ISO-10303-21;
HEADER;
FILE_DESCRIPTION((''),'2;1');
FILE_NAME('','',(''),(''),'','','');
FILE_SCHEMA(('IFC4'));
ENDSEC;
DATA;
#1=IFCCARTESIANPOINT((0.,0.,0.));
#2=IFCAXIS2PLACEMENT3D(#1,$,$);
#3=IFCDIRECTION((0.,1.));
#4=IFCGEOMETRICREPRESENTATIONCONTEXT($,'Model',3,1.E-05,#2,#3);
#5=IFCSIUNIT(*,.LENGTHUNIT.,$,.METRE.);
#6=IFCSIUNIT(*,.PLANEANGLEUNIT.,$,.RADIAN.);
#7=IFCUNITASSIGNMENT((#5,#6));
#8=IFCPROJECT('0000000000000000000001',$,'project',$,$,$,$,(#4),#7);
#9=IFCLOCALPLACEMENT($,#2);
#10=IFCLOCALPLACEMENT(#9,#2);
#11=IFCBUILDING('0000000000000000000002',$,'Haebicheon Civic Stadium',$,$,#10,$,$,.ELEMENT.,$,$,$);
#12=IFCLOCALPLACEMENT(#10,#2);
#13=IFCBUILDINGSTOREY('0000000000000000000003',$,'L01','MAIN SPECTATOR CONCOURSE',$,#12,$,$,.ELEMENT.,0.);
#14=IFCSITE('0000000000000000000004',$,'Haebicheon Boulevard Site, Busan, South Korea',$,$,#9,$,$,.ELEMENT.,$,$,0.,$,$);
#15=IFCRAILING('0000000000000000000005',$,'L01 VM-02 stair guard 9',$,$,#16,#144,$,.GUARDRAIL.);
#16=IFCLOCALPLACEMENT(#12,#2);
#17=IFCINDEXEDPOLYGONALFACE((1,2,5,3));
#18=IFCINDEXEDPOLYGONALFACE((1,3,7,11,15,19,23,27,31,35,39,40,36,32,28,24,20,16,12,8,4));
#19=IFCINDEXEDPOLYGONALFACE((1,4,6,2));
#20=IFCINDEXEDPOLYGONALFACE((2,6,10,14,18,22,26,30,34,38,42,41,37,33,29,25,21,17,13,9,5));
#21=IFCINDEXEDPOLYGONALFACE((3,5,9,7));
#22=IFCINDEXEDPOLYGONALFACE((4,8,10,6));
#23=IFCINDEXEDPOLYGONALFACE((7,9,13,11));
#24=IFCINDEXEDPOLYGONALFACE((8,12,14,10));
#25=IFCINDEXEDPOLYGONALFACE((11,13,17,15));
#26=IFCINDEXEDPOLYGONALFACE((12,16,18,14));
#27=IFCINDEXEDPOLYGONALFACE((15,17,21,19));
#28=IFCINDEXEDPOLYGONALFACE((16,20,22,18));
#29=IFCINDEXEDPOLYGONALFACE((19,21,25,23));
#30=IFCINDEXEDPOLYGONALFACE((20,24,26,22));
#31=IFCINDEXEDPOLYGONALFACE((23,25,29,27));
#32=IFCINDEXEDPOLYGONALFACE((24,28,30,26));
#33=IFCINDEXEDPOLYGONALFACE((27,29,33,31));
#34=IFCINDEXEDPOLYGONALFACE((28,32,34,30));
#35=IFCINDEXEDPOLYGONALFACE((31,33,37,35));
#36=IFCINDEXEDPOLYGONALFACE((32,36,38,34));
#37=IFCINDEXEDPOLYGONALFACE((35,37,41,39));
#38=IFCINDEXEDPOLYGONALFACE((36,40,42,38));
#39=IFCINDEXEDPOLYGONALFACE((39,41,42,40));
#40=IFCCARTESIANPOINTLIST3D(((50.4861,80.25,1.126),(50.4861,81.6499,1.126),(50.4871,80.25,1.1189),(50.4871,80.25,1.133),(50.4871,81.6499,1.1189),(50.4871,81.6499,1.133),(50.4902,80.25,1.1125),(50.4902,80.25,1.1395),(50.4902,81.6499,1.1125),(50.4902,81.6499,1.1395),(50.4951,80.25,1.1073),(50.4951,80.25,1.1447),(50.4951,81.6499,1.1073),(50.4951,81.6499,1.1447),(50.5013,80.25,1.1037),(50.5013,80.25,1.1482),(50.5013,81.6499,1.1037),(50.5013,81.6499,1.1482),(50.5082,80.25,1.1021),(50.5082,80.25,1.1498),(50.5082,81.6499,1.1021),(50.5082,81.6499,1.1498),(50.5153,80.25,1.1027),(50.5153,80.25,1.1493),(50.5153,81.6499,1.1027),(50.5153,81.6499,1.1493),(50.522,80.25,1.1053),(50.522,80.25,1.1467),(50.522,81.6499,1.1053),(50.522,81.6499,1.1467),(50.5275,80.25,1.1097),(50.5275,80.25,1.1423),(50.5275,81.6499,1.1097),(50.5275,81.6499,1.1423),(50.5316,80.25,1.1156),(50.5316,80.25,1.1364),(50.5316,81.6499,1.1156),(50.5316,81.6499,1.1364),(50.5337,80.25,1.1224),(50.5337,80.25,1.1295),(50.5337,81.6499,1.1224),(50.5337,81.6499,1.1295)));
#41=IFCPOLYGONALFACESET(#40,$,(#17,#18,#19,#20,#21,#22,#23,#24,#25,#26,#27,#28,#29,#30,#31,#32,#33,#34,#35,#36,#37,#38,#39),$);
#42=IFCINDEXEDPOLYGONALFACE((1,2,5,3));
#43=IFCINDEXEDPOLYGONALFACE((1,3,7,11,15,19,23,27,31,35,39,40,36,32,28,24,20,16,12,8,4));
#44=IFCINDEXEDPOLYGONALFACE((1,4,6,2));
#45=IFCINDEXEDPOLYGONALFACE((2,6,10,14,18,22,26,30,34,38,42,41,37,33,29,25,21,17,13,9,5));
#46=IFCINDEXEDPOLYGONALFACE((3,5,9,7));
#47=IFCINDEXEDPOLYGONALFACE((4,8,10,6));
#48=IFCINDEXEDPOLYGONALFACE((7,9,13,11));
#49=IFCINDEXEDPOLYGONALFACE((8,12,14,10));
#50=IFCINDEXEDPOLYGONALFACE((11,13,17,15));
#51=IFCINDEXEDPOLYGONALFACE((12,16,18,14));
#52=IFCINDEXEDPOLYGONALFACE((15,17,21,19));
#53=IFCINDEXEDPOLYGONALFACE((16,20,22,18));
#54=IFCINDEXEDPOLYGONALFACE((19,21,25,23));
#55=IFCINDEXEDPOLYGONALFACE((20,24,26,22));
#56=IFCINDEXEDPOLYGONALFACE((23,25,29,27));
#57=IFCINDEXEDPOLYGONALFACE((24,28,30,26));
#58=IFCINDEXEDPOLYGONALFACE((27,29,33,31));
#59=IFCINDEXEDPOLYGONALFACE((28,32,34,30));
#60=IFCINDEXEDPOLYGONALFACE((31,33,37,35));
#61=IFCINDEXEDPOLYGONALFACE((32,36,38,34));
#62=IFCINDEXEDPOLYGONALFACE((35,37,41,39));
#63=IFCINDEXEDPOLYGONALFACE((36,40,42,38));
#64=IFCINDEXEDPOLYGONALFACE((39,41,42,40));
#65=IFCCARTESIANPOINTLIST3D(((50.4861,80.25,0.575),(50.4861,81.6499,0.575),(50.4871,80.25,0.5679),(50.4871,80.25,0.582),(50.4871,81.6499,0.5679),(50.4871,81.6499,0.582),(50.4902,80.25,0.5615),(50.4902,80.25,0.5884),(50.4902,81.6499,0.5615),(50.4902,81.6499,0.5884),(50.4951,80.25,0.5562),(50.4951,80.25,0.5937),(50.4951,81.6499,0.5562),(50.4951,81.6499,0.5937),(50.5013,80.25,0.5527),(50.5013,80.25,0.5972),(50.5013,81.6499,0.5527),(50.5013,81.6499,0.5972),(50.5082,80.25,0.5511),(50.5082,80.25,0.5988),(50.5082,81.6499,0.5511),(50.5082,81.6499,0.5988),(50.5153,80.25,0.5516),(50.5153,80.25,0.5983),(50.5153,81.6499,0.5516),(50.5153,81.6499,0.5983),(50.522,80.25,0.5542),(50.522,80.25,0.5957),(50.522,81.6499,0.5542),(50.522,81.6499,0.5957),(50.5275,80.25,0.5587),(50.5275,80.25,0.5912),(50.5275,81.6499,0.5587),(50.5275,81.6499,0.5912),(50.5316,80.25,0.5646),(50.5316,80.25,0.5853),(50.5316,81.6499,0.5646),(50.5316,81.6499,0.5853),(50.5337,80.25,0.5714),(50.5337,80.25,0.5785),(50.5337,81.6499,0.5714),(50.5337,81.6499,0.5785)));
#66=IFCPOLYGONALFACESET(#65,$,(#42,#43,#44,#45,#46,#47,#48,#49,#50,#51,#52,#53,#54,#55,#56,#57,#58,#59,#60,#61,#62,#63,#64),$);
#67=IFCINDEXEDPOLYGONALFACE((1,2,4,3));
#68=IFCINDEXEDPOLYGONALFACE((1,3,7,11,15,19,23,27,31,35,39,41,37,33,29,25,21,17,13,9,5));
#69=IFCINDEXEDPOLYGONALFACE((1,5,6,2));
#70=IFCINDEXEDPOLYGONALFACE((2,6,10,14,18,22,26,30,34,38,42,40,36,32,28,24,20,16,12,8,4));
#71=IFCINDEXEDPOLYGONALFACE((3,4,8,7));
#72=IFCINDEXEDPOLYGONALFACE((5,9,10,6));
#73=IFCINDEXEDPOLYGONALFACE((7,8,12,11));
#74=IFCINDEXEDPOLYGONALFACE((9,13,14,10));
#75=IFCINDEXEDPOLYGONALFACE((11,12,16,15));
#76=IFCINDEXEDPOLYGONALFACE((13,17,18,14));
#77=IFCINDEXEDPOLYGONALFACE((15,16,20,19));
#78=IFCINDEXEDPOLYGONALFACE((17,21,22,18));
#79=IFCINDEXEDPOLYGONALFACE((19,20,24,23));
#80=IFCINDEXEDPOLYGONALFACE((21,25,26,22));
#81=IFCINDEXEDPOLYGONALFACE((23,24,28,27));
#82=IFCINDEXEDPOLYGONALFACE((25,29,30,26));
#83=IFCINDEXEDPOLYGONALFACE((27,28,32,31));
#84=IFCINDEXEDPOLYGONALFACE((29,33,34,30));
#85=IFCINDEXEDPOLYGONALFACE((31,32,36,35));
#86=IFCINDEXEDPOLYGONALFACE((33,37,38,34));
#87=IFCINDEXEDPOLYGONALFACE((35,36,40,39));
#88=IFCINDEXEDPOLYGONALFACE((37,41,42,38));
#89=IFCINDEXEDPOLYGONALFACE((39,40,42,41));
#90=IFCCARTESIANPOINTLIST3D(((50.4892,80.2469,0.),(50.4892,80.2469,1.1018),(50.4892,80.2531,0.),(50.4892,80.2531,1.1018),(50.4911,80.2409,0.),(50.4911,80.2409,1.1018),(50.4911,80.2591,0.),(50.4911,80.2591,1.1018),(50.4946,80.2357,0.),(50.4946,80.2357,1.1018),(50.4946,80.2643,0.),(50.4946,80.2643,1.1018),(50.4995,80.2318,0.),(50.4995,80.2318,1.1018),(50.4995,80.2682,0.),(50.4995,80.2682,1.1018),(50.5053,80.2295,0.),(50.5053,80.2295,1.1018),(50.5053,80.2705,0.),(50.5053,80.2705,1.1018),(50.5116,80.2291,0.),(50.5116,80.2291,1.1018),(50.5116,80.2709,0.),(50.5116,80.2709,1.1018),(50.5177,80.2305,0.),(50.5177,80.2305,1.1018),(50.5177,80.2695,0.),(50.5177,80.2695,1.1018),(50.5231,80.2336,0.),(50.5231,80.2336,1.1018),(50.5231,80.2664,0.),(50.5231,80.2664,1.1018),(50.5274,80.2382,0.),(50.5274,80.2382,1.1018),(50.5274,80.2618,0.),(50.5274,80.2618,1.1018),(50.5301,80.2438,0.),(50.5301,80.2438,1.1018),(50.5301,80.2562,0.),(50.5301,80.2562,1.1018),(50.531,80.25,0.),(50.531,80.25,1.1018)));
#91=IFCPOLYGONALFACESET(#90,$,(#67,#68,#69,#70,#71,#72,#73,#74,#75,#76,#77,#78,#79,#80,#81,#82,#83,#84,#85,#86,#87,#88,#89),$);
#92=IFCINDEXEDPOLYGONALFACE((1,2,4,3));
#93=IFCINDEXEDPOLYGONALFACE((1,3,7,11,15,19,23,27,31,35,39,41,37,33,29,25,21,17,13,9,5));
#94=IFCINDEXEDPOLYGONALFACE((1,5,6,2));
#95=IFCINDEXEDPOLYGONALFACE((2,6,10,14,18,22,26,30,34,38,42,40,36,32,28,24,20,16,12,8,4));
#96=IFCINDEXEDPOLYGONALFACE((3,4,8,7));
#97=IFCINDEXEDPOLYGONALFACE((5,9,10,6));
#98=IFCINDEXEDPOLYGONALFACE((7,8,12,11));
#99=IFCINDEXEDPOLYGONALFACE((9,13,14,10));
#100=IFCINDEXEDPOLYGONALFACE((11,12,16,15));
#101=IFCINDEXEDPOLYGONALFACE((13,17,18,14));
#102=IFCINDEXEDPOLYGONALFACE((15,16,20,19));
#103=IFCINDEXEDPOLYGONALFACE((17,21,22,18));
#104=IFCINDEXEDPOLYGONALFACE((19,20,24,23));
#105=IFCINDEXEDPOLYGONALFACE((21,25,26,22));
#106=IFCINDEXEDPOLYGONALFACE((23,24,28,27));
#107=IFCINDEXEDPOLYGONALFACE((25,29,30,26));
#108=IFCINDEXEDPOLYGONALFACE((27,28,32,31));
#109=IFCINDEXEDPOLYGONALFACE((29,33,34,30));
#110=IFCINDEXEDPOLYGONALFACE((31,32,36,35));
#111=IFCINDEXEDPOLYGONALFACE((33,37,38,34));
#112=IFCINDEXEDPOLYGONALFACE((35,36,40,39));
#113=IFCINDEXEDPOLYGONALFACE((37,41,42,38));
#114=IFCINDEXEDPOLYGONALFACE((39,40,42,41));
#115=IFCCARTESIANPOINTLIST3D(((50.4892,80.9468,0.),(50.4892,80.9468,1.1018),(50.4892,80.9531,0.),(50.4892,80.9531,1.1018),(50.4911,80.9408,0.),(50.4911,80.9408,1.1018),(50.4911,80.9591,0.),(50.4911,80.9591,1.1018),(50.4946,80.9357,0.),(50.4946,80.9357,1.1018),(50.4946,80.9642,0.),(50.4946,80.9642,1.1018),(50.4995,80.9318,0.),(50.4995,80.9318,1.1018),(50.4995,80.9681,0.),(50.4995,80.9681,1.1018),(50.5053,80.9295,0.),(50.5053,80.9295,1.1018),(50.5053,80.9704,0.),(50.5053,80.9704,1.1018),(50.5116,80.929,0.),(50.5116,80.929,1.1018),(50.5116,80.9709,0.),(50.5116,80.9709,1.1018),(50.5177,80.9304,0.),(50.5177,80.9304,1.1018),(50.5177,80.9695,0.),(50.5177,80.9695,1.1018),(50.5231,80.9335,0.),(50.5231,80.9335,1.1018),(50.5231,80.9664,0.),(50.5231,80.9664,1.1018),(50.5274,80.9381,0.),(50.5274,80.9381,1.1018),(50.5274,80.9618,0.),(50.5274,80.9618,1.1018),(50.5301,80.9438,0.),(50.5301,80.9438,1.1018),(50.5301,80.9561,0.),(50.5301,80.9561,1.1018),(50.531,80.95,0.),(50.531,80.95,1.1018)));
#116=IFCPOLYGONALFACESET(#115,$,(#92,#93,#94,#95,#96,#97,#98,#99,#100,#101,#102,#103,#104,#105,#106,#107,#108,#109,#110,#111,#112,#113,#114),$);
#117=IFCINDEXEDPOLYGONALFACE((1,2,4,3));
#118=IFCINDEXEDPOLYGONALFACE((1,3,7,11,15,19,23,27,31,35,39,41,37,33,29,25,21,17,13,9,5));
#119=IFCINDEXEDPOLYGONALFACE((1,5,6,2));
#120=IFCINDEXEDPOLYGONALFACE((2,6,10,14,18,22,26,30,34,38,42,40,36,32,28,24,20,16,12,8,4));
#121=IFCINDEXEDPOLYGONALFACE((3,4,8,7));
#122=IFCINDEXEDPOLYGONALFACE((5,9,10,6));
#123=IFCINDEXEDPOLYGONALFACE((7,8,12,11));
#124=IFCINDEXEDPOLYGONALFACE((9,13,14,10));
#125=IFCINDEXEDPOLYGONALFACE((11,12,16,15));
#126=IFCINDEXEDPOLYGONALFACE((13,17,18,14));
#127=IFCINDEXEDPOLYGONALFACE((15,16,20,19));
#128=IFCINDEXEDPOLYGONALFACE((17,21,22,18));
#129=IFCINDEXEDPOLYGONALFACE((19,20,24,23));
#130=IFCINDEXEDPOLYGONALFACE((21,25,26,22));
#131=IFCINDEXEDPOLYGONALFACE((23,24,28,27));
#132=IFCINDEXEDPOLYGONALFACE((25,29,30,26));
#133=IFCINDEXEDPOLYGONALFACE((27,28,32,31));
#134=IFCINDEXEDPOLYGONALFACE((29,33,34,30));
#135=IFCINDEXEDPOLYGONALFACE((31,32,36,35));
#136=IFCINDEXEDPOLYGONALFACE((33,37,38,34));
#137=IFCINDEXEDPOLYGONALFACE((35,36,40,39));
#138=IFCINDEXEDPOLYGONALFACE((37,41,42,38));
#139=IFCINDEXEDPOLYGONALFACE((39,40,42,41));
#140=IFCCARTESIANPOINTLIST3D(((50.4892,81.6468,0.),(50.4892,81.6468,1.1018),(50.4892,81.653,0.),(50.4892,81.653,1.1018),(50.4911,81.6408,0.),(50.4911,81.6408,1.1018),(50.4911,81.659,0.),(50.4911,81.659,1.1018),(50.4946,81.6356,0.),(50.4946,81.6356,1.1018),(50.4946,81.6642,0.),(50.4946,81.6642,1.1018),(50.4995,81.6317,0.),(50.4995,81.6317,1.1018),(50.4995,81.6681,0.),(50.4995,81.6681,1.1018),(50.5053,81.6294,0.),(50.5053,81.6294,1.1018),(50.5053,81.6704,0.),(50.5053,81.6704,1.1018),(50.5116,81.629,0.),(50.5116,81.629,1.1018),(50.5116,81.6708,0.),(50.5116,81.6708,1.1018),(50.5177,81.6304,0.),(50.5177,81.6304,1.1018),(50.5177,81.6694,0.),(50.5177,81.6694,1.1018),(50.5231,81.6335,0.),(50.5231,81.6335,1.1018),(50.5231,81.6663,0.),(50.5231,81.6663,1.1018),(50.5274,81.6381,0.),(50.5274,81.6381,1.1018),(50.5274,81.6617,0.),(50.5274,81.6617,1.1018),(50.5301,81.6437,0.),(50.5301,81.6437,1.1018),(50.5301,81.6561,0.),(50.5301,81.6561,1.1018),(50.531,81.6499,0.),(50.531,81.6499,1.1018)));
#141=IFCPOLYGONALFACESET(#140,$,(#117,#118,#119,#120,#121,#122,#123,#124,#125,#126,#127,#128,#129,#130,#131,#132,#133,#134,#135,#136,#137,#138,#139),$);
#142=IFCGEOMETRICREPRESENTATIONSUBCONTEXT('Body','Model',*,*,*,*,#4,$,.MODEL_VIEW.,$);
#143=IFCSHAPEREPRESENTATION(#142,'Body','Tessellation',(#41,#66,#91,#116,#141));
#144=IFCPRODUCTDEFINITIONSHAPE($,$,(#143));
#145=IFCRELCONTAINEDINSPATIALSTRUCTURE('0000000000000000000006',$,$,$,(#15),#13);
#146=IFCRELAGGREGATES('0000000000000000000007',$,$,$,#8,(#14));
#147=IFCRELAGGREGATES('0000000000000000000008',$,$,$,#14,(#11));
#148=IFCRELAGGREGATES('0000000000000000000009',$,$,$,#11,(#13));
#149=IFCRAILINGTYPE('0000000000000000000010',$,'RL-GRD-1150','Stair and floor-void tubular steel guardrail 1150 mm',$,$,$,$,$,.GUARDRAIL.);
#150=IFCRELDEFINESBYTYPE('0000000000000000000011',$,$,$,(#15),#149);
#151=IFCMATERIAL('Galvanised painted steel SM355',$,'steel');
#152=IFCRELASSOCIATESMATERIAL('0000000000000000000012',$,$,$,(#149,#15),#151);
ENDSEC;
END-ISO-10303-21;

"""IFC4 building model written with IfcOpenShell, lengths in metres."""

from ifc_helpers import new_model, si_unit, direction, frame, origin, origin_2d, place, context, subcontext, project, spatial, circle, extrude, material, type_object, element, save


model = new_model("IFC4")

# Units and contexts
model_context = context("Model", 3, precision=1e-05, world=origin(), true_north=direction((0.0, 1.0)))
body_context = subcontext(model_context, "Body", "Model", "MODEL_VIEW")
ifc_project = project(units=[si_unit("LENGTHUNIT", "METRE"), si_unit("PLANEANGLEUNIT", "RADIAN")], contexts=[model_context])

# Site, building, storey
site_placement = place(None, origin())
site = spatial("IfcSite", under=ifc_project, at=site_placement, Name="Haebicheon Boulevard Site, Busan, South Korea", CompositionType="ELEMENT", RefElevation=0.0)
building_placement = place(site_placement, origin())
building = spatial("IfcBuilding", under=site, at=building_placement, Name="Haebicheon Civic Stadium", CompositionType="ELEMENT")
storey_placement = place(building_placement, origin())
storey = spatial("IfcBuildingStorey", under=building, at=storey_placement, Name="L01", Description="MAIN SPECTATOR CONCOURSE", CompositionType="ELEMENT", Elevation=0.0)

# Railing
ifc_material_1 = material(Name="Galvanised painted steel SM355", Category="steel")
railing_type = type_object("IfcRailingType", Name="RL-GRD-1150", Description="Stair and floor-void tubular steel guardrail 1150 mm", PredefinedType="GUARDRAIL", material=ifc_material_1)
for number, where, name in (
    (1, (50.51, 80.25, 0.0), "L01 VM-02 stair guard 9"),
):
    element("IfcRailing", number, at=place(storey_placement, frame(where)), inside=storey, type_object=railing_type, material=ifc_material_1, Name=name, PredefinedType="GUARDRAIL", context=body_context, shape_type="SweptSolid", body=[
        extrude(circle(Radius=0.0239, at=origin_2d()), frame((0.0, 0.0, 1.126), z_axis=(0.0, 1.0, 0.0), x_axis=(-1.0, 0.0, 0.0)), (0.0, 0.0, 1.0), 1.3999),
        extrude(circle(Radius=0.0239, at=origin_2d()), frame((0.0, 0.0, 0.575), z_axis=(0.0, 1.0, 0.0), x_axis=(-1.0, 0.0, 0.0)), (0.0, 0.0, 1.0), 1.3999),
        extrude(circle(Radius=0.021, at=origin_2d()), origin(), (0.0, 0.0, 1.0), 1.1018),
        extrude(circle(Radius=0.021, at=origin_2d()), frame((0.0, 0.7, 0.0)), (0.0, 0.0, 1.0), 1.1018),
        extrude(circle(Radius=0.021, at=origin_2d()), frame((0.0, 1.3999, 0.0)), (0.0, 0.0, 1.0), 1.1018),
    ])

save(model, "model.ifc")
